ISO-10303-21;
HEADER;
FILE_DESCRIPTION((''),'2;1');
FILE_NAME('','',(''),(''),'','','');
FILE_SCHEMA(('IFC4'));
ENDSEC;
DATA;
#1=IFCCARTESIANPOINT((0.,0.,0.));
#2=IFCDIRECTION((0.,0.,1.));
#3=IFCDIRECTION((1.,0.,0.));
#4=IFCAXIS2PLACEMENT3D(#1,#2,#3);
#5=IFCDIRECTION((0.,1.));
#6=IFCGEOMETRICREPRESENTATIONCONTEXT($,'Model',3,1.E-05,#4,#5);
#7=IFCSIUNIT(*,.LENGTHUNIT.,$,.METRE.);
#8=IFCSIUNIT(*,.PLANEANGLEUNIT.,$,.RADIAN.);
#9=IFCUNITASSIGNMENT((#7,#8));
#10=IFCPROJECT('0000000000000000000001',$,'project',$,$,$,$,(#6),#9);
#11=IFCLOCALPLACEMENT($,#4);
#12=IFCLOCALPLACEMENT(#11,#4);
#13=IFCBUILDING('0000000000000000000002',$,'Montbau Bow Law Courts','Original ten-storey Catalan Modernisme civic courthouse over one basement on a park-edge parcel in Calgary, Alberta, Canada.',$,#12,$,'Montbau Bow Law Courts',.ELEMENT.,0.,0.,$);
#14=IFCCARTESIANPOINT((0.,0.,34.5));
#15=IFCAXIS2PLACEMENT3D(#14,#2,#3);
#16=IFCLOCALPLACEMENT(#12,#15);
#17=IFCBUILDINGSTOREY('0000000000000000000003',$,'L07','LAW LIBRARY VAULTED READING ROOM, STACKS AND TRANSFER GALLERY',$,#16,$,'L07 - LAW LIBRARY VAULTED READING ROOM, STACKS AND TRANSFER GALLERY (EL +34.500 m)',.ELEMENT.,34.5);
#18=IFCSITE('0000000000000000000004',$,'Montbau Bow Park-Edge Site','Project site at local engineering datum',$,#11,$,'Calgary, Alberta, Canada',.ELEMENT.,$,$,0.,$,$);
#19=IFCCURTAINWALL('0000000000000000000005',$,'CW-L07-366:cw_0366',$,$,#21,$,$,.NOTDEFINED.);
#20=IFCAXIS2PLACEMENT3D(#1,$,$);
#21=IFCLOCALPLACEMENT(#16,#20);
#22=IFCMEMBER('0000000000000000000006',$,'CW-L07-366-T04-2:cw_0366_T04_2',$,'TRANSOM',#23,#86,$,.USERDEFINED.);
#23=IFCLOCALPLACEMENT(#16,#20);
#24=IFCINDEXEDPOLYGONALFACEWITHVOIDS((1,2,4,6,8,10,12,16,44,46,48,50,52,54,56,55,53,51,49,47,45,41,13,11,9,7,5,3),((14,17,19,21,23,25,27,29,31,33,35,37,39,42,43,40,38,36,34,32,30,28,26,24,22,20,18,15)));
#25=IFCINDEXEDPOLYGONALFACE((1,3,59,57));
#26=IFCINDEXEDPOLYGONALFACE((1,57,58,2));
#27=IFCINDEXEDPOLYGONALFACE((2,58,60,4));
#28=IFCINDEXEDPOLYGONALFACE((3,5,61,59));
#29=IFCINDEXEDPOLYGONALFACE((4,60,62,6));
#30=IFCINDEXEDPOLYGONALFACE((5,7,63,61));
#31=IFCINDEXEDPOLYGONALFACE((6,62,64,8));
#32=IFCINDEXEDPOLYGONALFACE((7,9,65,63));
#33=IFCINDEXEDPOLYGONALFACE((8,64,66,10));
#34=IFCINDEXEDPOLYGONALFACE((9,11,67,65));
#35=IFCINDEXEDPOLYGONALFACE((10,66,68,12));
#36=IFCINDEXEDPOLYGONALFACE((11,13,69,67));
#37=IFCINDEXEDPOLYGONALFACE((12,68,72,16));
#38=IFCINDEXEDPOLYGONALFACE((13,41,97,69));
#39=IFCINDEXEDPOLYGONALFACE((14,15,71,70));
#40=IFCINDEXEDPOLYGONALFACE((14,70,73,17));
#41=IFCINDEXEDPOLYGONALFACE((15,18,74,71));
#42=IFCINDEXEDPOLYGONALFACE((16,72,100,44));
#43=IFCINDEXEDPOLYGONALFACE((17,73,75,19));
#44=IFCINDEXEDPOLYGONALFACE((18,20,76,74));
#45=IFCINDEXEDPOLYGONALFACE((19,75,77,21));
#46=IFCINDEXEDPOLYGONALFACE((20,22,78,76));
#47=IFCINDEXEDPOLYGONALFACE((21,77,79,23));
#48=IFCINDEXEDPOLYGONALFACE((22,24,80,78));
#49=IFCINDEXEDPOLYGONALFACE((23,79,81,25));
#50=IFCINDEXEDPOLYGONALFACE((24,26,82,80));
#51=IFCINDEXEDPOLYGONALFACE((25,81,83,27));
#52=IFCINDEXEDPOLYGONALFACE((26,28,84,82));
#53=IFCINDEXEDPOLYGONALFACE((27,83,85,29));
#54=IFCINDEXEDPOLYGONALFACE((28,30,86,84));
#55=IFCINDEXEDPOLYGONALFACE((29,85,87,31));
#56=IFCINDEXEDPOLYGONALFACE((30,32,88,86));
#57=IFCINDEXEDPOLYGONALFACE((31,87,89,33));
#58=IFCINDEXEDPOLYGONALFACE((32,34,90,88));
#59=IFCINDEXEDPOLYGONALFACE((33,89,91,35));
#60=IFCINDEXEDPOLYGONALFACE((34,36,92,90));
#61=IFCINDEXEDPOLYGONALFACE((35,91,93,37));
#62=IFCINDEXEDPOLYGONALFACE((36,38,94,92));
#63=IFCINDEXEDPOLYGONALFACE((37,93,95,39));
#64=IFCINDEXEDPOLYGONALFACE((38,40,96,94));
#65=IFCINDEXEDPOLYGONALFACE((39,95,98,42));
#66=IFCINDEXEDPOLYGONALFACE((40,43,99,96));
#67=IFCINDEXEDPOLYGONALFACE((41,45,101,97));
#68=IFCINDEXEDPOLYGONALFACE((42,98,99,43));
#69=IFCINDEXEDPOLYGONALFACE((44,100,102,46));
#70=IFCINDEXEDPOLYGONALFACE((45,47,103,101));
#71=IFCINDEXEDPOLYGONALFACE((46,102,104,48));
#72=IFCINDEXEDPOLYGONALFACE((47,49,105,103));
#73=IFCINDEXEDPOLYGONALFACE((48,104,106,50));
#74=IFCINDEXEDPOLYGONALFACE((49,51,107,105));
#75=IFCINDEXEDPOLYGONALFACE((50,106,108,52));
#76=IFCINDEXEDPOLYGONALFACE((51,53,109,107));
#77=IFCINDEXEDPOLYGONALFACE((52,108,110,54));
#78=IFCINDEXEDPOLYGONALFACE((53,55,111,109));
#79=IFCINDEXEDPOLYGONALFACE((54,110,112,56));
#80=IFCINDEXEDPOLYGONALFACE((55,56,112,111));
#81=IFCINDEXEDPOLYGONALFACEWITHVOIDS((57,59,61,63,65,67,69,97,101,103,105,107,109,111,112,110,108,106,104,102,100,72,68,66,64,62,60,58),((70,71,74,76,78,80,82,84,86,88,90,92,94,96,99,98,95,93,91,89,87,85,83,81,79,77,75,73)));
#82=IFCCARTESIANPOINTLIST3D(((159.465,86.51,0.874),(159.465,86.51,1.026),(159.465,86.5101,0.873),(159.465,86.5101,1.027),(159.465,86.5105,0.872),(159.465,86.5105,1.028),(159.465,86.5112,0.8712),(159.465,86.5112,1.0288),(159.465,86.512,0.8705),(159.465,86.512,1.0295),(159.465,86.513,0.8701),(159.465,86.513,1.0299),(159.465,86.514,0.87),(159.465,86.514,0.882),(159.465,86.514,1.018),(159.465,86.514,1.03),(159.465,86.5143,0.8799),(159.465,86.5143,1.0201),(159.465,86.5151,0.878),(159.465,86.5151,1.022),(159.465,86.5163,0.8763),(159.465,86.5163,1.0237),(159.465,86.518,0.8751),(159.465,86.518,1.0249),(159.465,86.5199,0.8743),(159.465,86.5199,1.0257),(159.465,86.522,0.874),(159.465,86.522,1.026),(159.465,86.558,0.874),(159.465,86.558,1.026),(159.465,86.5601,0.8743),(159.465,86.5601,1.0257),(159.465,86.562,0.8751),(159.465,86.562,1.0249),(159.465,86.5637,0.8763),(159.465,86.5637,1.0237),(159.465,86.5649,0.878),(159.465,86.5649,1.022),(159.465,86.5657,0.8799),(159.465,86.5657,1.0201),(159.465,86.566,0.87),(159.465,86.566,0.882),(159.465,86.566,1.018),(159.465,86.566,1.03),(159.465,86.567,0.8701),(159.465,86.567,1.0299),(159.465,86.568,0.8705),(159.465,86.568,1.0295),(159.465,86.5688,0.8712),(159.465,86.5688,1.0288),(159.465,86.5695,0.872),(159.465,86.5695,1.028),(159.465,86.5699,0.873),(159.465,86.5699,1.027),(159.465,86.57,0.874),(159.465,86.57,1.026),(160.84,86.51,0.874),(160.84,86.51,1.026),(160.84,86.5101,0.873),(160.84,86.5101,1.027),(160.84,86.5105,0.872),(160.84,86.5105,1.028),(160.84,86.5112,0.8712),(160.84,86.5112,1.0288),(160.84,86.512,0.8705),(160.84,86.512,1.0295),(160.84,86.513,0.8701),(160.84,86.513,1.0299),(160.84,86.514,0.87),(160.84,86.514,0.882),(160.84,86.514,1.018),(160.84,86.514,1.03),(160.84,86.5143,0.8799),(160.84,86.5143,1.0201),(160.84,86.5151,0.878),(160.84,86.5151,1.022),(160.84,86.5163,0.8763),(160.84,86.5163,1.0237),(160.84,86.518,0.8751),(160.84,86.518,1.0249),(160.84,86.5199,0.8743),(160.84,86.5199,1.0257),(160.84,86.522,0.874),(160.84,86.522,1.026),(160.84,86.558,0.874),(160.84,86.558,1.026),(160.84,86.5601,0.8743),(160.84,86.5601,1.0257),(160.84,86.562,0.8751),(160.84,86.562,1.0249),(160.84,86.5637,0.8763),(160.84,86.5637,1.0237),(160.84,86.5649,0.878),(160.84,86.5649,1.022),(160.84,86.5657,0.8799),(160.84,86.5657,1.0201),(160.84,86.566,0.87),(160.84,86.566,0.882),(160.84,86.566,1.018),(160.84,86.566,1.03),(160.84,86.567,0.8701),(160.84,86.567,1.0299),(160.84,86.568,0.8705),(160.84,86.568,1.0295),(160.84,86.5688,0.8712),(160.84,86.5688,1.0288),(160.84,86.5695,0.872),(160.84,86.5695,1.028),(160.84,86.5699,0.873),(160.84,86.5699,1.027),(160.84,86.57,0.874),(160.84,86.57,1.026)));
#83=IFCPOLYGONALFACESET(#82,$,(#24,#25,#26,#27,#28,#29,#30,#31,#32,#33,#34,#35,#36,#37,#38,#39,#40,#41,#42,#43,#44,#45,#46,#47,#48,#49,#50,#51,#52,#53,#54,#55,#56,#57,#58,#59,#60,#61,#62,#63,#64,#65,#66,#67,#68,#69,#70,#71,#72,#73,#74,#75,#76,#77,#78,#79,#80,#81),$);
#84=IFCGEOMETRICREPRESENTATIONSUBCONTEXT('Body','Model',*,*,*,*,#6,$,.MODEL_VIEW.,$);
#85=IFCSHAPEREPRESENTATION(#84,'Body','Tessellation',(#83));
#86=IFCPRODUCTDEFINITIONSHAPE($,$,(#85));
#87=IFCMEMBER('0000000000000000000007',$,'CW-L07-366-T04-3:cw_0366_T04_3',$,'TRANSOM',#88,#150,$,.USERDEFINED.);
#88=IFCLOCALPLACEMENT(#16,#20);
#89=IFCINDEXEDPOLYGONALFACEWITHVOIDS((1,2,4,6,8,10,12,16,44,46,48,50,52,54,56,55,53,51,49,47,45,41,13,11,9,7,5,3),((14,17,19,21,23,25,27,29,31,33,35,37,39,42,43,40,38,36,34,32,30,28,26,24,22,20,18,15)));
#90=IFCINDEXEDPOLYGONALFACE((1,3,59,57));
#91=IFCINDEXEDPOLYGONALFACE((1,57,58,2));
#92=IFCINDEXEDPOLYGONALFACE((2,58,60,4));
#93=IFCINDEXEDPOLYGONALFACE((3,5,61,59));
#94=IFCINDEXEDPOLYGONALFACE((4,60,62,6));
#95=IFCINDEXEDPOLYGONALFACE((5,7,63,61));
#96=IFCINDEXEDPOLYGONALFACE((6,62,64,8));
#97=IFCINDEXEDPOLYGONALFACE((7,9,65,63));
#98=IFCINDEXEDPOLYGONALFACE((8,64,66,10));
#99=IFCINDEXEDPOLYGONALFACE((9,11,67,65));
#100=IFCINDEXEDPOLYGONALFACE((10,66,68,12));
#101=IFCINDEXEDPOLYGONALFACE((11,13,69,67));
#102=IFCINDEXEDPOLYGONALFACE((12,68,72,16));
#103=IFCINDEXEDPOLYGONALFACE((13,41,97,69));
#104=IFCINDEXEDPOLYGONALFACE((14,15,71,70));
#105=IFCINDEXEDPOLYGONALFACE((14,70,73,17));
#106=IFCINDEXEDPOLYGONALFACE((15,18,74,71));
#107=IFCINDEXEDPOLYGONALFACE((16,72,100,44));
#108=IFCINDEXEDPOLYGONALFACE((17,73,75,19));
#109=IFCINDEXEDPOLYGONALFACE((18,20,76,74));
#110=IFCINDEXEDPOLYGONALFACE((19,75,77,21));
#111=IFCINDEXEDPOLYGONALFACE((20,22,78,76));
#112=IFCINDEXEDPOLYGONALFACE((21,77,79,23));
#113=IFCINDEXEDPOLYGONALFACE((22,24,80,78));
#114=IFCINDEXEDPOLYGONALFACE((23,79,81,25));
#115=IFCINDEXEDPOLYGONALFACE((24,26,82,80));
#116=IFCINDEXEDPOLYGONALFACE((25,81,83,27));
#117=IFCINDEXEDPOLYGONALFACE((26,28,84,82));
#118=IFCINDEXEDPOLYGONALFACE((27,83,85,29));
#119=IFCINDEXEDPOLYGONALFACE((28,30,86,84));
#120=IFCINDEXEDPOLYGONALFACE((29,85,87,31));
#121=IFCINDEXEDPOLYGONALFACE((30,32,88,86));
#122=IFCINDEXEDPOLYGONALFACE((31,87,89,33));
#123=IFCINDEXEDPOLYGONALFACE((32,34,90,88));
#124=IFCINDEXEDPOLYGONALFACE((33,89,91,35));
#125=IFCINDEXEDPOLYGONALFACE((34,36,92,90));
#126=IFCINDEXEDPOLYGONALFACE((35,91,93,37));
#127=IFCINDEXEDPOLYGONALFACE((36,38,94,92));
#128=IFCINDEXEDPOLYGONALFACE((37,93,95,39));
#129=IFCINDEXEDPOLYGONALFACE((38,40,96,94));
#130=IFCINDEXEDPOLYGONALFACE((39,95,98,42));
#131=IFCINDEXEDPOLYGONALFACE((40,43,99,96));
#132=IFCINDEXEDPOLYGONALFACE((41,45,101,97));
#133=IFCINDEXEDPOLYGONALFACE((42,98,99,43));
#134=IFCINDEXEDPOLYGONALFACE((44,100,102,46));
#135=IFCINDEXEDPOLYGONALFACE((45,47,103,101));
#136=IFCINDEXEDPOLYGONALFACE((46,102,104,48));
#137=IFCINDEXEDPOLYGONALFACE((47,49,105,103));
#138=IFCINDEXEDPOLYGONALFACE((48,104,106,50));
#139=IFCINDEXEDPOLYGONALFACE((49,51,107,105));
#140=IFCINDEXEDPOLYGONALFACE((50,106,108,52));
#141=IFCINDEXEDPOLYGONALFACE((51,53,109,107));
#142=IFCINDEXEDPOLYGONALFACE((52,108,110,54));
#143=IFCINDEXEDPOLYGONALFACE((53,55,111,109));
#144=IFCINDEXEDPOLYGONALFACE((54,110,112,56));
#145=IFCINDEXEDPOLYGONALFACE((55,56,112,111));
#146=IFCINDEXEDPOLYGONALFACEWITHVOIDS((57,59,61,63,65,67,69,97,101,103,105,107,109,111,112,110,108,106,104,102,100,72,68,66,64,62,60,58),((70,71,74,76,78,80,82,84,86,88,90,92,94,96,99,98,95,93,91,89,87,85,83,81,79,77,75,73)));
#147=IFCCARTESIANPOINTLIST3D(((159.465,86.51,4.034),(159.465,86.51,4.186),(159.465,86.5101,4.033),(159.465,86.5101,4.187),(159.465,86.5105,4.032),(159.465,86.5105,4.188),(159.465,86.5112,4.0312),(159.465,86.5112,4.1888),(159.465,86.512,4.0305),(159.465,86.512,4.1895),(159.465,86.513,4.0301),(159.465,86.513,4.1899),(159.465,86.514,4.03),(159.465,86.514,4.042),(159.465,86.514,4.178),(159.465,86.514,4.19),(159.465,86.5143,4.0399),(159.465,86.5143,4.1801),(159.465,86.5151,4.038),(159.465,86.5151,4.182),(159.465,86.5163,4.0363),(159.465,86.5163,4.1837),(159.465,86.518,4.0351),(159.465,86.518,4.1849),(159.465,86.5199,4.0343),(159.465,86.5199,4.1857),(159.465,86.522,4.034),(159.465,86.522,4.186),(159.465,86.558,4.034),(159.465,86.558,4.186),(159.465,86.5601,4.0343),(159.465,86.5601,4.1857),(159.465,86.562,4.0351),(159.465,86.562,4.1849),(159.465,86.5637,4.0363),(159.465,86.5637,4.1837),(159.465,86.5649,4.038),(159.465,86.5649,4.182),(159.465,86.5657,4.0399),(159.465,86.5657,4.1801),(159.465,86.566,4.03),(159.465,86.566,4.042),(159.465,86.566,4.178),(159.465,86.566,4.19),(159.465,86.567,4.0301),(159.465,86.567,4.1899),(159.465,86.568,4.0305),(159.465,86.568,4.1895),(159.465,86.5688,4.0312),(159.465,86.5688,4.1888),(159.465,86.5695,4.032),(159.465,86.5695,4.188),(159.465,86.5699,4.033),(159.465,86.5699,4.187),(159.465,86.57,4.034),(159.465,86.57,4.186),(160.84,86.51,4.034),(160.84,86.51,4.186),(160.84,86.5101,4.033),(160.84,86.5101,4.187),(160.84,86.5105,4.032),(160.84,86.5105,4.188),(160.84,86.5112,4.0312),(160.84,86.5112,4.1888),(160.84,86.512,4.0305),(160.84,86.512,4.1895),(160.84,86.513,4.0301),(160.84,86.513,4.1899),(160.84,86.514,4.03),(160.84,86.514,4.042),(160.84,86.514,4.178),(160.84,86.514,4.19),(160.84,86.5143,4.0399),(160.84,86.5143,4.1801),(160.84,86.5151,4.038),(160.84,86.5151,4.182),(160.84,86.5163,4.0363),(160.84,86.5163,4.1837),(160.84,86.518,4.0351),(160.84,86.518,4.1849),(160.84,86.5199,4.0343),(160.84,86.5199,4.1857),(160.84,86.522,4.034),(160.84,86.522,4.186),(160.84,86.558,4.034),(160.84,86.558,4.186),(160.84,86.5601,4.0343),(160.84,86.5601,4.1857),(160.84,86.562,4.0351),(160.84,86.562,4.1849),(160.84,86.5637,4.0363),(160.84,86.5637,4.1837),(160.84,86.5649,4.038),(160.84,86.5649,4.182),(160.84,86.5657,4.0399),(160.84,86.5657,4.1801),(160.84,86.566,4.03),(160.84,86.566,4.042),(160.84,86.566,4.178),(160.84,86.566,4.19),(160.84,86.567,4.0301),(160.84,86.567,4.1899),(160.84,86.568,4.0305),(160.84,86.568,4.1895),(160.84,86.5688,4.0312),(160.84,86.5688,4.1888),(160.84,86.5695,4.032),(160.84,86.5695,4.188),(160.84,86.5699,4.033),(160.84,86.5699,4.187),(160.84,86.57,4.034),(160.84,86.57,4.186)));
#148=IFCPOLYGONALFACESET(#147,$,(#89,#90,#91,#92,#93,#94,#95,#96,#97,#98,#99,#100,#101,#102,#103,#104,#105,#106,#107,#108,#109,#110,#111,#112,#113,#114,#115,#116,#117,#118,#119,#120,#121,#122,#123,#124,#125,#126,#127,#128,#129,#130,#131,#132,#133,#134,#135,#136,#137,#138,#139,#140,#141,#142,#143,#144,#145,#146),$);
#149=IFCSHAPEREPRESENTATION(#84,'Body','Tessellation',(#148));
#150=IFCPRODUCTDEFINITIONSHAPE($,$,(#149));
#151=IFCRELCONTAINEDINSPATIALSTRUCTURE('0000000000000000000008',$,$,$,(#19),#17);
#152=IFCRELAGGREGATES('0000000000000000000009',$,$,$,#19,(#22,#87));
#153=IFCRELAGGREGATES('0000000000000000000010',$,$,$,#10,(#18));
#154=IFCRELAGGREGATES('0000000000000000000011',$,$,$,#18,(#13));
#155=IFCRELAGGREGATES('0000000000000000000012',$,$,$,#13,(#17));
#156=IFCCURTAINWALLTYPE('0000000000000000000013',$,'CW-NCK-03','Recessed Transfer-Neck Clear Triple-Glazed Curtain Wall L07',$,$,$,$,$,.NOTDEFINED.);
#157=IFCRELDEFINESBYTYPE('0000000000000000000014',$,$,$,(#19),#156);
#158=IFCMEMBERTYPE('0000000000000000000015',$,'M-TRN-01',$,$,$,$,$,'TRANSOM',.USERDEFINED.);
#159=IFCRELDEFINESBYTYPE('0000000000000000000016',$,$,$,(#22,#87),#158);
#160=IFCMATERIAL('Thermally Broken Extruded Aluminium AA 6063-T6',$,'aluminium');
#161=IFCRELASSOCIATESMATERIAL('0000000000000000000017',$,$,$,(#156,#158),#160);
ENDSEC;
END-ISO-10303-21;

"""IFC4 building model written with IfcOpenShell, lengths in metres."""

from ifc_helpers import new_model, si_unit, direction, frame, origin_with_axes, origin_2d_with_axis, place, context, subcontext, project, spatial, hollow_rectangle, extrude, material, material_profile, profile_set, type_object, element, aggregate, save


model = new_model("IFC4")

# Units and contexts
model_context = context("Model", 3, precision=1e-05, world=origin_with_axes(), true_north=direction((0.0, 1.0)))
body_context = subcontext(model_context, "Body", "Model", "MODEL_VIEW")
ifc_project = project(units=[si_unit("LENGTHUNIT", "METRE"), si_unit("PLANEANGLEUNIT", "RADIAN")], contexts=[model_context])

# Site, building, storey
site_placement = place(None, origin_with_axes())
site = spatial("IfcSite", under=ifc_project, at=site_placement, Name="Montbau Bow Park-Edge Site", Description="Project site at local engineering datum", LongName="Calgary, Alberta, Canada", CompositionType="ELEMENT", RefElevation=0.0)
building_placement = place(site_placement, origin_with_axes())
building = spatial("IfcBuilding", under=site, at=building_placement, Name="Montbau Bow Law Courts", Description="Original ten-storey Catalan Modernisme civic courthouse over one basement on a park-edge parcel in Calgary, Alberta, Canada.", LongName="Montbau Bow Law Courts", CompositionType="ELEMENT", ElevationOfRefHeight=0.0, ElevationOfTerrain=0.0)
storey_placement = place(building_placement, frame((0.0, 0.0, 34.5), z_axis=(0.0, 0.0, 1.0), x_axis=(1.0, 0.0, 0.0)))
storey = spatial("IfcBuildingStorey", under=building, at=storey_placement, Name="L07", Description="LAW LIBRARY VAULTED READING ROOM, STACKS AND TRANSFER GALLERY", LongName="L07 - LAW LIBRARY VAULTED READING ROOM, STACKS AND TRANSFER GALLERY (EL +34.500 m)", CompositionType="ELEMENT", Elevation=34.5)

# Curtain wall
ifc_material_1 = material(Name="Thermally Broken Extruded Aluminium AA 6063-T6", Category="aluminium")
curtain_wall_type = type_object("IfcCurtainWallType", Name="CW-NCK-03", Description="Recessed Transfer-Neck Clear Triple-Glazed Curtain Wall L07", PredefinedType="NOTDEFINED", material=ifc_material_1)
curtain_wall_1_placement = place(None, frame((155.068, 86.54, 34.5), z_axis=(0.0, 0.0, 1.0), x_axis=(1.0, 0.0, 0.0)))
curtain_wall_1 = element("IfcCurtainWall", 1, at=curtain_wall_1_placement, inside=storey, type_object=curtain_wall_type, Name="CW-L07-366:cw_0366", PredefinedType="NOTDEFINED")

# Members
ifc_material_profile_1 = material_profile(ifc_material_1, hollow_rectangle(XDim=0.06, YDim=0.16, WallThickness=0.004, InnerFilletRadius=0.008, OuterFilletRadius=0.004, at=origin_2d_with_axis()), Name="CWT-160X60", Category="Main", Priority=0)
ifc_profile_set_1 = profile_set([ifc_material_profile_1], Name="Thermally Broken Extruded Aluminium AA 6063-T6")
member_type_1 = type_object("IfcMemberType", Name="M-TRN-01", ElementType="TRANSOM", PredefinedType="USERDEFINED", material=ifc_profile_set_1)
member_1_placement = place(None, frame((159.465, 86.54, 35.45), z_axis=(1.0, 0.0, 0.0), x_axis=(0.0, 1.0, 0.0)))
member_1 = element("IfcMember", 2, at=member_1_placement, type_object=member_type_1, Name="CW-L07-366-T04-2:cw_0366_T04_2", ObjectType="TRANSOM", PredefinedType="USERDEFINED", context=body_context, shape_type="SweptSolid", body=[
    extrude(hollow_rectangle(XDim=0.06, YDim=0.16, WallThickness=0.004, InnerFilletRadius=0.008, OuterFilletRadius=0.004, at=origin_2d_with_axis()), origin_with_axes(), (0.0, 0.0, 1.0), 1.375),
])
member_2_placement = place(None, frame((159.465, 86.54, 38.61), z_axis=(1.0, 0.0, 0.0), x_axis=(0.0, 1.0, 0.0)))
member_2 = element("IfcMember", 3, at=member_2_placement, type_object=member_type_1, Name="CW-L07-366-T04-3:cw_0366_T04_3", ObjectType="TRANSOM", PredefinedType="USERDEFINED", context=body_context, shape_type="SweptSolid", body=[
    extrude(hollow_rectangle(XDim=0.06, YDim=0.16, WallThickness=0.004, InnerFilletRadius=0.008, OuterFilletRadius=0.004, at=origin_2d_with_axis()), origin_with_axes(), (0.0, 0.0, 1.0), 1.375),
])

aggregate(curtain_wall_1, [member_1, member_2])

save(model, "model.ifc")
